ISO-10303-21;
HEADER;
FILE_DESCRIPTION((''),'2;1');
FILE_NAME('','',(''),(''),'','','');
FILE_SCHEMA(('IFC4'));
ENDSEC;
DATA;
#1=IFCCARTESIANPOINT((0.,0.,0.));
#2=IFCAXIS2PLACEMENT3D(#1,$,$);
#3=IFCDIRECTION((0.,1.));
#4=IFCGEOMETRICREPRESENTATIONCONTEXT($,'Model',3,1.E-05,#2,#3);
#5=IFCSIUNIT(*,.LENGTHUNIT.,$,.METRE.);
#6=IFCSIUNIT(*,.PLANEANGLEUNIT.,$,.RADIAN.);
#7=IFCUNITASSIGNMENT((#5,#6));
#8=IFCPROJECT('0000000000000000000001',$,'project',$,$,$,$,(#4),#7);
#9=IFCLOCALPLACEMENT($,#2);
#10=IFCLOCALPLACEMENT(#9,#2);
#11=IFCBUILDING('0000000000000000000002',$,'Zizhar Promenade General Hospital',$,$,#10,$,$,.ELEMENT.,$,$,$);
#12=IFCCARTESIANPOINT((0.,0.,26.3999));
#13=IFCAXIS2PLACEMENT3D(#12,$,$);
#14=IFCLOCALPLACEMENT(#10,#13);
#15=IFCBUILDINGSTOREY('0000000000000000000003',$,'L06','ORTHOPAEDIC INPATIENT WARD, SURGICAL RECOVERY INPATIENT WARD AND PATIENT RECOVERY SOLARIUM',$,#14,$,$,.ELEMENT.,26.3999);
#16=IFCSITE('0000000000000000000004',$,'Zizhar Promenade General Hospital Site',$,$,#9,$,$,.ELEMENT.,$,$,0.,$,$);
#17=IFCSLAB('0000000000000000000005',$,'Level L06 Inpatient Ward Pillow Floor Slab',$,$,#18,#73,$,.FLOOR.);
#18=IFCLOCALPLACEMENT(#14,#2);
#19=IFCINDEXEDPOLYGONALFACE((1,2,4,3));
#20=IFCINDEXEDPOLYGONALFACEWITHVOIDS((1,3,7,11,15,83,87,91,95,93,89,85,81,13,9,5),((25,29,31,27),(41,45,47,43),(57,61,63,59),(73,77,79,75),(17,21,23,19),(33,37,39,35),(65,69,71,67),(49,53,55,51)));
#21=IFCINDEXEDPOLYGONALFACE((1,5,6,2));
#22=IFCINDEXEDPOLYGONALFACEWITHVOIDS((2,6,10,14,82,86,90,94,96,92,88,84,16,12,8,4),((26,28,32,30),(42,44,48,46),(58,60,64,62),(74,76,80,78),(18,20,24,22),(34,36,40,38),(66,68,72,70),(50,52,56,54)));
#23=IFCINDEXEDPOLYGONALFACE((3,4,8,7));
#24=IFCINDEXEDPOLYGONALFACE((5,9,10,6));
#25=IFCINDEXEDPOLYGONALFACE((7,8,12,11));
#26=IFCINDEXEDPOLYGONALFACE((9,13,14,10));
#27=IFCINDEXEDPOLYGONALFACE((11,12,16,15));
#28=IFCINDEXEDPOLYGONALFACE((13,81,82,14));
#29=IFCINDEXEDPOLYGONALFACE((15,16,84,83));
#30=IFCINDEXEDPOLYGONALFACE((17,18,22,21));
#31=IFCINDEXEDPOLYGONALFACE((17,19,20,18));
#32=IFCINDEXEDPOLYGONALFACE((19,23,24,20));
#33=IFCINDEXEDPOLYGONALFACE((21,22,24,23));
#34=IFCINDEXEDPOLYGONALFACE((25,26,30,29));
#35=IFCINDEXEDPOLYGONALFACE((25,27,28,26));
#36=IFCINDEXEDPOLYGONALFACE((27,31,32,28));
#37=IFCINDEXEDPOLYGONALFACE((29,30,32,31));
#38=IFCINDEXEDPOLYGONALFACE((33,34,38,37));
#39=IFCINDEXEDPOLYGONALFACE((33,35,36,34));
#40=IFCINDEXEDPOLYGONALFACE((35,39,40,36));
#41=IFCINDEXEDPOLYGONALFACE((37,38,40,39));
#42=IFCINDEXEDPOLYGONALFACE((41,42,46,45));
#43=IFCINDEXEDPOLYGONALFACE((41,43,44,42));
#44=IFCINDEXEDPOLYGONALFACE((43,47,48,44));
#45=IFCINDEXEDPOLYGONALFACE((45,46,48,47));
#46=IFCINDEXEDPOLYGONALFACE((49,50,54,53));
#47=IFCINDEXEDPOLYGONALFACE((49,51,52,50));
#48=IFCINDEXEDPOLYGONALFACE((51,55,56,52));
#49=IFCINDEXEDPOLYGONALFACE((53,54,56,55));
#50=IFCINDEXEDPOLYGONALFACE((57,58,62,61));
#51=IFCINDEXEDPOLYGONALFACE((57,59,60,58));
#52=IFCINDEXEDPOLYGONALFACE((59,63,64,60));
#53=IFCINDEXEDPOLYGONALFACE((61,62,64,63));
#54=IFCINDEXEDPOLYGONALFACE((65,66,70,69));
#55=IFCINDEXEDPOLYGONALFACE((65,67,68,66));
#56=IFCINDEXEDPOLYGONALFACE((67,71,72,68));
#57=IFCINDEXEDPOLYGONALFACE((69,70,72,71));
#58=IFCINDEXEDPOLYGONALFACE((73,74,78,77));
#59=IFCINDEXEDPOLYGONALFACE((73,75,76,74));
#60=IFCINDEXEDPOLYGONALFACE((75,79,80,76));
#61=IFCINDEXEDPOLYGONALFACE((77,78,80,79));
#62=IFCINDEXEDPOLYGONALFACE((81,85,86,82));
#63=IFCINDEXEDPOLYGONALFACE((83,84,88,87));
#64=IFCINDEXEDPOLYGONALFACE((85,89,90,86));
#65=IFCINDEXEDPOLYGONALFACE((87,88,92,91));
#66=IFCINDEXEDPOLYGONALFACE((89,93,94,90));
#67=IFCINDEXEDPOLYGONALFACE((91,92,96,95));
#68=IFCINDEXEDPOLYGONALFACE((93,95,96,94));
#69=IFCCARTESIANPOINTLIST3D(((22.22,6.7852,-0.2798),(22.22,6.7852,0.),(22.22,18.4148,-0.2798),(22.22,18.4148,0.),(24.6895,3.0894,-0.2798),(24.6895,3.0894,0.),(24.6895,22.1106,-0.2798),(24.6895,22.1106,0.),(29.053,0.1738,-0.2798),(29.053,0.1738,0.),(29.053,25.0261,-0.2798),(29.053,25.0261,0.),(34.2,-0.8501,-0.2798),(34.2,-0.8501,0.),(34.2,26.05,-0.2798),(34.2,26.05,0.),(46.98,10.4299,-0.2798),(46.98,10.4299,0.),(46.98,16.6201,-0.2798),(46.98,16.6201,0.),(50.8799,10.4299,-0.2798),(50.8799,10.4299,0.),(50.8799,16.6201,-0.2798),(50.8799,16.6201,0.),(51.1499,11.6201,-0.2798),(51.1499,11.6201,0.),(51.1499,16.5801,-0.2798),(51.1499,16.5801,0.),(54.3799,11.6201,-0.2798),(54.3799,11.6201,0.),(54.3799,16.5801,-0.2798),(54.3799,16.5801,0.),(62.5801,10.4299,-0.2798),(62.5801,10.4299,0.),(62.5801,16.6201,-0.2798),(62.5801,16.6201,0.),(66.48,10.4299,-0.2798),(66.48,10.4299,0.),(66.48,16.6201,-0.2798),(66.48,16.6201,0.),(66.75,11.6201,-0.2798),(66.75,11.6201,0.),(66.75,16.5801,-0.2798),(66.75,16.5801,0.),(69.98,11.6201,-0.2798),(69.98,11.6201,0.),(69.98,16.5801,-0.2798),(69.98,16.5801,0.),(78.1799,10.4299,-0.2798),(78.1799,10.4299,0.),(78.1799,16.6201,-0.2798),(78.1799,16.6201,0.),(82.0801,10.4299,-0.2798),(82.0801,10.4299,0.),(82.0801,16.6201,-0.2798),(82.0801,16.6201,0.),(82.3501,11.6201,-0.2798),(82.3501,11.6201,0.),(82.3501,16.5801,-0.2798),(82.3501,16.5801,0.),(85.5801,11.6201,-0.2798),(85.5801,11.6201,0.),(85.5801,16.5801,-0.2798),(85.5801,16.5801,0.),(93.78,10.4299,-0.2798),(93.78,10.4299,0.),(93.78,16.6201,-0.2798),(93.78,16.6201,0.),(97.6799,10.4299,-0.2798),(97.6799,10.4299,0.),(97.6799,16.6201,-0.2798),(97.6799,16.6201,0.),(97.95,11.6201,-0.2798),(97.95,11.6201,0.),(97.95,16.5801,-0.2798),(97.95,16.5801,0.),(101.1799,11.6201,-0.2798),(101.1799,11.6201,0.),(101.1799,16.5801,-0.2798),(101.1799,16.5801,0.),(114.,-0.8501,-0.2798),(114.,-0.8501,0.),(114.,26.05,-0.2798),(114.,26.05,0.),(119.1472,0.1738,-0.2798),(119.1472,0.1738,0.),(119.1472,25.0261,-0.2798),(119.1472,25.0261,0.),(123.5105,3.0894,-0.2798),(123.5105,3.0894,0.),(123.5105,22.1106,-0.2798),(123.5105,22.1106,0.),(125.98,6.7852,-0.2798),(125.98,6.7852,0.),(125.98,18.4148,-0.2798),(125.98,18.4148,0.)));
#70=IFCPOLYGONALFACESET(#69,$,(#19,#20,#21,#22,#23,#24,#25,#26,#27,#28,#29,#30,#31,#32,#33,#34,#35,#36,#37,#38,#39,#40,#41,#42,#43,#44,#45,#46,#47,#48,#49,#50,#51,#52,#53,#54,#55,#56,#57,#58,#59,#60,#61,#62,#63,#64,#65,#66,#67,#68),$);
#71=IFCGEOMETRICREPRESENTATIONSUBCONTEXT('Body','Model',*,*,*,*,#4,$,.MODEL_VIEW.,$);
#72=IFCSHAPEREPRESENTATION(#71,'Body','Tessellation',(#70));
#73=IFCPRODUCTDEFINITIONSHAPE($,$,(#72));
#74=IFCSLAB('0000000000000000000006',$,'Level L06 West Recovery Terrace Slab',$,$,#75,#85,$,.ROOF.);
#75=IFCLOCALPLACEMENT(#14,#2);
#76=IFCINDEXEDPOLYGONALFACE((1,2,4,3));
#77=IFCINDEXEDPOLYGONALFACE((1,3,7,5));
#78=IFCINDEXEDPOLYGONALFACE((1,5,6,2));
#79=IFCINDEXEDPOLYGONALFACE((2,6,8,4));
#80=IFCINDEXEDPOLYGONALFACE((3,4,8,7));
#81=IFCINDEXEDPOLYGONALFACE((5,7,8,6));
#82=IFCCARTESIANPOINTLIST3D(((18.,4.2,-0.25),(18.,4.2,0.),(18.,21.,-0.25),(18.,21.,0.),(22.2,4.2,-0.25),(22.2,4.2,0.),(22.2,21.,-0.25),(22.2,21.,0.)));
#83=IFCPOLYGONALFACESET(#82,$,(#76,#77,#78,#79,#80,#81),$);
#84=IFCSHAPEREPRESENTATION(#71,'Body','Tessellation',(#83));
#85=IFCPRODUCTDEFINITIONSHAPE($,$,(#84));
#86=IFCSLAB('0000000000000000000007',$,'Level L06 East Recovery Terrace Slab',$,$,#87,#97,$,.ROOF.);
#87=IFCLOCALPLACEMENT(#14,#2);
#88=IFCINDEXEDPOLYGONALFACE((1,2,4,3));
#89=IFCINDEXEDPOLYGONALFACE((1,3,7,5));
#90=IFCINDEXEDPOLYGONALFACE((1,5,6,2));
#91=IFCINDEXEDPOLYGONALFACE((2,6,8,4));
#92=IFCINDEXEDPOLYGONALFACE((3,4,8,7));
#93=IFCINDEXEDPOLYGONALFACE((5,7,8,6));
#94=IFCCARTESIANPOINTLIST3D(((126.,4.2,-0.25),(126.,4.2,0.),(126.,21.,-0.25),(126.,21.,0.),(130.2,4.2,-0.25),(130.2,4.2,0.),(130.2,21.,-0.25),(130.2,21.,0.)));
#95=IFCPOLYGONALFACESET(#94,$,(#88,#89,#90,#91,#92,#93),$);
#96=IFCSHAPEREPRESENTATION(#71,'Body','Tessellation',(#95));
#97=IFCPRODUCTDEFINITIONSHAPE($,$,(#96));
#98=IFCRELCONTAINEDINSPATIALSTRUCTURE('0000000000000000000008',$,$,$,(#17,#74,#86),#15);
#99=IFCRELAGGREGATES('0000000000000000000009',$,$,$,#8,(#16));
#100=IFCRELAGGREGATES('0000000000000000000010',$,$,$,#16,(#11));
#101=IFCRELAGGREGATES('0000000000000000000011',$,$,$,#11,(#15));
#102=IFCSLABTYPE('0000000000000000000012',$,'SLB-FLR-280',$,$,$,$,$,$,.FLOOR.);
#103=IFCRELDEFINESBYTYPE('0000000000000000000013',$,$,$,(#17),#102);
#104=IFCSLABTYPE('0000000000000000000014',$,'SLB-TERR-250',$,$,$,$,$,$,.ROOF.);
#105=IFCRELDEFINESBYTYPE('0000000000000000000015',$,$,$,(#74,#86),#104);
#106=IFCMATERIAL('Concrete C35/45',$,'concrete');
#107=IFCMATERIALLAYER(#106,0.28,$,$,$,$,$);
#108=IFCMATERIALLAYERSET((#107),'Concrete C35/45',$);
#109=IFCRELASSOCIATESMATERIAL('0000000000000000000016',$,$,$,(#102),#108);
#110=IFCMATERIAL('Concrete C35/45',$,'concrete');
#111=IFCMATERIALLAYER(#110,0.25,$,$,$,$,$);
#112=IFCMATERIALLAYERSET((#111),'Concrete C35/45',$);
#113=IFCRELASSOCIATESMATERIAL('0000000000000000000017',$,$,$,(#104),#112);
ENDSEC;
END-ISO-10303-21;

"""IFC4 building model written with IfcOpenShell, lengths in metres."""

from ifc_helpers import new_model, si_unit, direction, frame, origin, place, context, subcontext, project, spatial, polyline, outline, extrude, material, layer, layer_set, type_object, element, save


model = new_model("IFC4")

# Units and contexts
model_context = context("Model", 3, precision=1e-05, world=origin(), true_north=direction((0.0, 1.0)))
body_context = subcontext(model_context, "Body", "Model", "MODEL_VIEW")
ifc_project = project(units=[si_unit("LENGTHUNIT", "METRE"), si_unit("PLANEANGLEUNIT", "RADIAN")], contexts=[model_context])

# Site, building, storey
site_placement = place(None, origin())
site = spatial("IfcSite", under=ifc_project, at=site_placement, Name="Zizhar Promenade General Hospital Site", CompositionType="ELEMENT", RefElevation=0.0)
building_placement = place(site_placement, origin())
building = spatial("IfcBuilding", under=site, at=building_placement, Name="Zizhar Promenade General Hospital", CompositionType="ELEMENT")
storey_placement = place(building_placement, frame((0.0, 0.0, 26.3999)))
storey = spatial("IfcBuildingStorey", under=building, at=storey_placement, Name="L06", Description="ORTHOPAEDIC INPATIENT WARD, SURGICAL RECOVERY INPATIENT WARD AND PATIENT RECOVERY SOLARIUM", CompositionType="ELEMENT", Elevation=26.3999)

# Slabs
ifc_material_1 = material(Name="Concrete C35/45", Category="concrete")
ifc_layer_1 = layer(ifc_material_1, 0.28)
ifc_layer_set_1 = layer_set([ifc_layer_1], Name="Concrete C35/45")
slab_type_1 = type_object("IfcSlabType", Name="SLB-FLR-280", PredefinedType="FLOOR", material=ifc_layer_set_1)
slab_1_placement = place(storey_placement, frame((0.0, 0.0, -0.2798)))
element("IfcSlab", 1, at=slab_1_placement, inside=storey, type_object=slab_type_1, Name="Level L06 Inpatient Ward Pillow Floor Slab", PredefinedType="FLOOR", context=body_context, shape_type="SweptSolid", body=[
    extrude(outline(polyline([(29.053, 25.0261), (34.2, 26.05), (114.0, 26.05), (119.1472, 25.0261), (123.5105, 22.1106), (125.98, 18.4148), (125.98, 6.7852), (123.5105, 3.0894), (119.1472, 0.1738), (114.0, -0.8501), (34.2, -0.8501), (29.053, 0.1738), (24.6895, 3.0894), (22.22, 6.7852), (22.22, 18.4148), (24.6895, 22.1106), (29.053, 25.0261)]), holes=[polyline([(46.98, 10.4299), (46.98, 16.6201), (50.8799, 16.6201), (50.8799, 10.4299), (46.98, 10.4299)]), polyline([(51.1499, 11.6201), (51.1499, 16.5801), (54.3799, 16.5801), (54.3799, 11.6201), (51.1499, 11.6201)]), polyline([(62.5801, 10.4299), (62.5801, 16.6201), (66.48, 16.6201), (66.48, 10.4299), (62.5801, 10.4299)]), polyline([(66.75, 11.6201), (66.75, 16.5801), (69.98, 16.5801), (69.98, 11.6201), (66.75, 11.6201)]), polyline([(78.1799, 10.4299), (78.1799, 16.6201), (82.0801, 16.6201), (82.0801, 10.4299), (78.1799, 10.4299)]), polyline([(82.3501, 11.6201), (82.3501, 16.5801), (85.5801, 16.5801), (85.5801, 11.6201), (82.3501, 11.6201)]), polyline([(93.78, 10.4299), (93.78, 16.6201), (97.6799, 16.6201), (97.6799, 10.4299), (93.78, 10.4299)]), polyline([(97.95, 11.6201), (97.95, 16.5801), (101.1799, 16.5801), (101.1799, 11.6201), (97.95, 11.6201)])]), origin(), (0.0, 0.0, 1.0), 0.2798),
])
ifc_material_2 = material(Name="Concrete C35/45", Category="concrete")
ifc_layer_2 = layer(ifc_material_2, 0.25)
ifc_layer_set_2 = layer_set([ifc_layer_2], Name="Concrete C35/45")
slab_type_2 = type_object("IfcSlabType", Name="SLB-TERR-250", PredefinedType="ROOF", material=ifc_layer_set_2)
slab_2_placement = place(storey_placement, frame((0.0, 0.0, -0.25)))
element("IfcSlab", 2, at=slab_2_placement, inside=storey, type_object=slab_type_2, Name="Level L06 West Recovery Terrace Slab", PredefinedType="ROOF", context=body_context, shape_type="SweptSolid", body=[
    extrude(outline(polyline([(18.0, 4.2), (22.2, 4.2), (22.2, 21.0), (18.0, 21.0), (18.0, 4.2)])), origin(), (0.0, 0.0, 1.0), 0.25),
])
slab_3_placement = place(storey_placement, frame((0.0, 0.0, -0.25)))
element("IfcSlab", 3, at=slab_3_placement, inside=storey, type_object=slab_type_2, Name="Level L06 East Recovery Terrace Slab", PredefinedType="ROOF", context=body_context, shape_type="SweptSolid", body=[
    extrude(outline(polyline([(126.0, 4.2), (130.2, 4.2), (130.2, 21.0), (126.0, 21.0), (126.0, 4.2)])), origin(), (0.0, 0.0, 1.0), 0.25),
])

save(model, "model.ifc")
